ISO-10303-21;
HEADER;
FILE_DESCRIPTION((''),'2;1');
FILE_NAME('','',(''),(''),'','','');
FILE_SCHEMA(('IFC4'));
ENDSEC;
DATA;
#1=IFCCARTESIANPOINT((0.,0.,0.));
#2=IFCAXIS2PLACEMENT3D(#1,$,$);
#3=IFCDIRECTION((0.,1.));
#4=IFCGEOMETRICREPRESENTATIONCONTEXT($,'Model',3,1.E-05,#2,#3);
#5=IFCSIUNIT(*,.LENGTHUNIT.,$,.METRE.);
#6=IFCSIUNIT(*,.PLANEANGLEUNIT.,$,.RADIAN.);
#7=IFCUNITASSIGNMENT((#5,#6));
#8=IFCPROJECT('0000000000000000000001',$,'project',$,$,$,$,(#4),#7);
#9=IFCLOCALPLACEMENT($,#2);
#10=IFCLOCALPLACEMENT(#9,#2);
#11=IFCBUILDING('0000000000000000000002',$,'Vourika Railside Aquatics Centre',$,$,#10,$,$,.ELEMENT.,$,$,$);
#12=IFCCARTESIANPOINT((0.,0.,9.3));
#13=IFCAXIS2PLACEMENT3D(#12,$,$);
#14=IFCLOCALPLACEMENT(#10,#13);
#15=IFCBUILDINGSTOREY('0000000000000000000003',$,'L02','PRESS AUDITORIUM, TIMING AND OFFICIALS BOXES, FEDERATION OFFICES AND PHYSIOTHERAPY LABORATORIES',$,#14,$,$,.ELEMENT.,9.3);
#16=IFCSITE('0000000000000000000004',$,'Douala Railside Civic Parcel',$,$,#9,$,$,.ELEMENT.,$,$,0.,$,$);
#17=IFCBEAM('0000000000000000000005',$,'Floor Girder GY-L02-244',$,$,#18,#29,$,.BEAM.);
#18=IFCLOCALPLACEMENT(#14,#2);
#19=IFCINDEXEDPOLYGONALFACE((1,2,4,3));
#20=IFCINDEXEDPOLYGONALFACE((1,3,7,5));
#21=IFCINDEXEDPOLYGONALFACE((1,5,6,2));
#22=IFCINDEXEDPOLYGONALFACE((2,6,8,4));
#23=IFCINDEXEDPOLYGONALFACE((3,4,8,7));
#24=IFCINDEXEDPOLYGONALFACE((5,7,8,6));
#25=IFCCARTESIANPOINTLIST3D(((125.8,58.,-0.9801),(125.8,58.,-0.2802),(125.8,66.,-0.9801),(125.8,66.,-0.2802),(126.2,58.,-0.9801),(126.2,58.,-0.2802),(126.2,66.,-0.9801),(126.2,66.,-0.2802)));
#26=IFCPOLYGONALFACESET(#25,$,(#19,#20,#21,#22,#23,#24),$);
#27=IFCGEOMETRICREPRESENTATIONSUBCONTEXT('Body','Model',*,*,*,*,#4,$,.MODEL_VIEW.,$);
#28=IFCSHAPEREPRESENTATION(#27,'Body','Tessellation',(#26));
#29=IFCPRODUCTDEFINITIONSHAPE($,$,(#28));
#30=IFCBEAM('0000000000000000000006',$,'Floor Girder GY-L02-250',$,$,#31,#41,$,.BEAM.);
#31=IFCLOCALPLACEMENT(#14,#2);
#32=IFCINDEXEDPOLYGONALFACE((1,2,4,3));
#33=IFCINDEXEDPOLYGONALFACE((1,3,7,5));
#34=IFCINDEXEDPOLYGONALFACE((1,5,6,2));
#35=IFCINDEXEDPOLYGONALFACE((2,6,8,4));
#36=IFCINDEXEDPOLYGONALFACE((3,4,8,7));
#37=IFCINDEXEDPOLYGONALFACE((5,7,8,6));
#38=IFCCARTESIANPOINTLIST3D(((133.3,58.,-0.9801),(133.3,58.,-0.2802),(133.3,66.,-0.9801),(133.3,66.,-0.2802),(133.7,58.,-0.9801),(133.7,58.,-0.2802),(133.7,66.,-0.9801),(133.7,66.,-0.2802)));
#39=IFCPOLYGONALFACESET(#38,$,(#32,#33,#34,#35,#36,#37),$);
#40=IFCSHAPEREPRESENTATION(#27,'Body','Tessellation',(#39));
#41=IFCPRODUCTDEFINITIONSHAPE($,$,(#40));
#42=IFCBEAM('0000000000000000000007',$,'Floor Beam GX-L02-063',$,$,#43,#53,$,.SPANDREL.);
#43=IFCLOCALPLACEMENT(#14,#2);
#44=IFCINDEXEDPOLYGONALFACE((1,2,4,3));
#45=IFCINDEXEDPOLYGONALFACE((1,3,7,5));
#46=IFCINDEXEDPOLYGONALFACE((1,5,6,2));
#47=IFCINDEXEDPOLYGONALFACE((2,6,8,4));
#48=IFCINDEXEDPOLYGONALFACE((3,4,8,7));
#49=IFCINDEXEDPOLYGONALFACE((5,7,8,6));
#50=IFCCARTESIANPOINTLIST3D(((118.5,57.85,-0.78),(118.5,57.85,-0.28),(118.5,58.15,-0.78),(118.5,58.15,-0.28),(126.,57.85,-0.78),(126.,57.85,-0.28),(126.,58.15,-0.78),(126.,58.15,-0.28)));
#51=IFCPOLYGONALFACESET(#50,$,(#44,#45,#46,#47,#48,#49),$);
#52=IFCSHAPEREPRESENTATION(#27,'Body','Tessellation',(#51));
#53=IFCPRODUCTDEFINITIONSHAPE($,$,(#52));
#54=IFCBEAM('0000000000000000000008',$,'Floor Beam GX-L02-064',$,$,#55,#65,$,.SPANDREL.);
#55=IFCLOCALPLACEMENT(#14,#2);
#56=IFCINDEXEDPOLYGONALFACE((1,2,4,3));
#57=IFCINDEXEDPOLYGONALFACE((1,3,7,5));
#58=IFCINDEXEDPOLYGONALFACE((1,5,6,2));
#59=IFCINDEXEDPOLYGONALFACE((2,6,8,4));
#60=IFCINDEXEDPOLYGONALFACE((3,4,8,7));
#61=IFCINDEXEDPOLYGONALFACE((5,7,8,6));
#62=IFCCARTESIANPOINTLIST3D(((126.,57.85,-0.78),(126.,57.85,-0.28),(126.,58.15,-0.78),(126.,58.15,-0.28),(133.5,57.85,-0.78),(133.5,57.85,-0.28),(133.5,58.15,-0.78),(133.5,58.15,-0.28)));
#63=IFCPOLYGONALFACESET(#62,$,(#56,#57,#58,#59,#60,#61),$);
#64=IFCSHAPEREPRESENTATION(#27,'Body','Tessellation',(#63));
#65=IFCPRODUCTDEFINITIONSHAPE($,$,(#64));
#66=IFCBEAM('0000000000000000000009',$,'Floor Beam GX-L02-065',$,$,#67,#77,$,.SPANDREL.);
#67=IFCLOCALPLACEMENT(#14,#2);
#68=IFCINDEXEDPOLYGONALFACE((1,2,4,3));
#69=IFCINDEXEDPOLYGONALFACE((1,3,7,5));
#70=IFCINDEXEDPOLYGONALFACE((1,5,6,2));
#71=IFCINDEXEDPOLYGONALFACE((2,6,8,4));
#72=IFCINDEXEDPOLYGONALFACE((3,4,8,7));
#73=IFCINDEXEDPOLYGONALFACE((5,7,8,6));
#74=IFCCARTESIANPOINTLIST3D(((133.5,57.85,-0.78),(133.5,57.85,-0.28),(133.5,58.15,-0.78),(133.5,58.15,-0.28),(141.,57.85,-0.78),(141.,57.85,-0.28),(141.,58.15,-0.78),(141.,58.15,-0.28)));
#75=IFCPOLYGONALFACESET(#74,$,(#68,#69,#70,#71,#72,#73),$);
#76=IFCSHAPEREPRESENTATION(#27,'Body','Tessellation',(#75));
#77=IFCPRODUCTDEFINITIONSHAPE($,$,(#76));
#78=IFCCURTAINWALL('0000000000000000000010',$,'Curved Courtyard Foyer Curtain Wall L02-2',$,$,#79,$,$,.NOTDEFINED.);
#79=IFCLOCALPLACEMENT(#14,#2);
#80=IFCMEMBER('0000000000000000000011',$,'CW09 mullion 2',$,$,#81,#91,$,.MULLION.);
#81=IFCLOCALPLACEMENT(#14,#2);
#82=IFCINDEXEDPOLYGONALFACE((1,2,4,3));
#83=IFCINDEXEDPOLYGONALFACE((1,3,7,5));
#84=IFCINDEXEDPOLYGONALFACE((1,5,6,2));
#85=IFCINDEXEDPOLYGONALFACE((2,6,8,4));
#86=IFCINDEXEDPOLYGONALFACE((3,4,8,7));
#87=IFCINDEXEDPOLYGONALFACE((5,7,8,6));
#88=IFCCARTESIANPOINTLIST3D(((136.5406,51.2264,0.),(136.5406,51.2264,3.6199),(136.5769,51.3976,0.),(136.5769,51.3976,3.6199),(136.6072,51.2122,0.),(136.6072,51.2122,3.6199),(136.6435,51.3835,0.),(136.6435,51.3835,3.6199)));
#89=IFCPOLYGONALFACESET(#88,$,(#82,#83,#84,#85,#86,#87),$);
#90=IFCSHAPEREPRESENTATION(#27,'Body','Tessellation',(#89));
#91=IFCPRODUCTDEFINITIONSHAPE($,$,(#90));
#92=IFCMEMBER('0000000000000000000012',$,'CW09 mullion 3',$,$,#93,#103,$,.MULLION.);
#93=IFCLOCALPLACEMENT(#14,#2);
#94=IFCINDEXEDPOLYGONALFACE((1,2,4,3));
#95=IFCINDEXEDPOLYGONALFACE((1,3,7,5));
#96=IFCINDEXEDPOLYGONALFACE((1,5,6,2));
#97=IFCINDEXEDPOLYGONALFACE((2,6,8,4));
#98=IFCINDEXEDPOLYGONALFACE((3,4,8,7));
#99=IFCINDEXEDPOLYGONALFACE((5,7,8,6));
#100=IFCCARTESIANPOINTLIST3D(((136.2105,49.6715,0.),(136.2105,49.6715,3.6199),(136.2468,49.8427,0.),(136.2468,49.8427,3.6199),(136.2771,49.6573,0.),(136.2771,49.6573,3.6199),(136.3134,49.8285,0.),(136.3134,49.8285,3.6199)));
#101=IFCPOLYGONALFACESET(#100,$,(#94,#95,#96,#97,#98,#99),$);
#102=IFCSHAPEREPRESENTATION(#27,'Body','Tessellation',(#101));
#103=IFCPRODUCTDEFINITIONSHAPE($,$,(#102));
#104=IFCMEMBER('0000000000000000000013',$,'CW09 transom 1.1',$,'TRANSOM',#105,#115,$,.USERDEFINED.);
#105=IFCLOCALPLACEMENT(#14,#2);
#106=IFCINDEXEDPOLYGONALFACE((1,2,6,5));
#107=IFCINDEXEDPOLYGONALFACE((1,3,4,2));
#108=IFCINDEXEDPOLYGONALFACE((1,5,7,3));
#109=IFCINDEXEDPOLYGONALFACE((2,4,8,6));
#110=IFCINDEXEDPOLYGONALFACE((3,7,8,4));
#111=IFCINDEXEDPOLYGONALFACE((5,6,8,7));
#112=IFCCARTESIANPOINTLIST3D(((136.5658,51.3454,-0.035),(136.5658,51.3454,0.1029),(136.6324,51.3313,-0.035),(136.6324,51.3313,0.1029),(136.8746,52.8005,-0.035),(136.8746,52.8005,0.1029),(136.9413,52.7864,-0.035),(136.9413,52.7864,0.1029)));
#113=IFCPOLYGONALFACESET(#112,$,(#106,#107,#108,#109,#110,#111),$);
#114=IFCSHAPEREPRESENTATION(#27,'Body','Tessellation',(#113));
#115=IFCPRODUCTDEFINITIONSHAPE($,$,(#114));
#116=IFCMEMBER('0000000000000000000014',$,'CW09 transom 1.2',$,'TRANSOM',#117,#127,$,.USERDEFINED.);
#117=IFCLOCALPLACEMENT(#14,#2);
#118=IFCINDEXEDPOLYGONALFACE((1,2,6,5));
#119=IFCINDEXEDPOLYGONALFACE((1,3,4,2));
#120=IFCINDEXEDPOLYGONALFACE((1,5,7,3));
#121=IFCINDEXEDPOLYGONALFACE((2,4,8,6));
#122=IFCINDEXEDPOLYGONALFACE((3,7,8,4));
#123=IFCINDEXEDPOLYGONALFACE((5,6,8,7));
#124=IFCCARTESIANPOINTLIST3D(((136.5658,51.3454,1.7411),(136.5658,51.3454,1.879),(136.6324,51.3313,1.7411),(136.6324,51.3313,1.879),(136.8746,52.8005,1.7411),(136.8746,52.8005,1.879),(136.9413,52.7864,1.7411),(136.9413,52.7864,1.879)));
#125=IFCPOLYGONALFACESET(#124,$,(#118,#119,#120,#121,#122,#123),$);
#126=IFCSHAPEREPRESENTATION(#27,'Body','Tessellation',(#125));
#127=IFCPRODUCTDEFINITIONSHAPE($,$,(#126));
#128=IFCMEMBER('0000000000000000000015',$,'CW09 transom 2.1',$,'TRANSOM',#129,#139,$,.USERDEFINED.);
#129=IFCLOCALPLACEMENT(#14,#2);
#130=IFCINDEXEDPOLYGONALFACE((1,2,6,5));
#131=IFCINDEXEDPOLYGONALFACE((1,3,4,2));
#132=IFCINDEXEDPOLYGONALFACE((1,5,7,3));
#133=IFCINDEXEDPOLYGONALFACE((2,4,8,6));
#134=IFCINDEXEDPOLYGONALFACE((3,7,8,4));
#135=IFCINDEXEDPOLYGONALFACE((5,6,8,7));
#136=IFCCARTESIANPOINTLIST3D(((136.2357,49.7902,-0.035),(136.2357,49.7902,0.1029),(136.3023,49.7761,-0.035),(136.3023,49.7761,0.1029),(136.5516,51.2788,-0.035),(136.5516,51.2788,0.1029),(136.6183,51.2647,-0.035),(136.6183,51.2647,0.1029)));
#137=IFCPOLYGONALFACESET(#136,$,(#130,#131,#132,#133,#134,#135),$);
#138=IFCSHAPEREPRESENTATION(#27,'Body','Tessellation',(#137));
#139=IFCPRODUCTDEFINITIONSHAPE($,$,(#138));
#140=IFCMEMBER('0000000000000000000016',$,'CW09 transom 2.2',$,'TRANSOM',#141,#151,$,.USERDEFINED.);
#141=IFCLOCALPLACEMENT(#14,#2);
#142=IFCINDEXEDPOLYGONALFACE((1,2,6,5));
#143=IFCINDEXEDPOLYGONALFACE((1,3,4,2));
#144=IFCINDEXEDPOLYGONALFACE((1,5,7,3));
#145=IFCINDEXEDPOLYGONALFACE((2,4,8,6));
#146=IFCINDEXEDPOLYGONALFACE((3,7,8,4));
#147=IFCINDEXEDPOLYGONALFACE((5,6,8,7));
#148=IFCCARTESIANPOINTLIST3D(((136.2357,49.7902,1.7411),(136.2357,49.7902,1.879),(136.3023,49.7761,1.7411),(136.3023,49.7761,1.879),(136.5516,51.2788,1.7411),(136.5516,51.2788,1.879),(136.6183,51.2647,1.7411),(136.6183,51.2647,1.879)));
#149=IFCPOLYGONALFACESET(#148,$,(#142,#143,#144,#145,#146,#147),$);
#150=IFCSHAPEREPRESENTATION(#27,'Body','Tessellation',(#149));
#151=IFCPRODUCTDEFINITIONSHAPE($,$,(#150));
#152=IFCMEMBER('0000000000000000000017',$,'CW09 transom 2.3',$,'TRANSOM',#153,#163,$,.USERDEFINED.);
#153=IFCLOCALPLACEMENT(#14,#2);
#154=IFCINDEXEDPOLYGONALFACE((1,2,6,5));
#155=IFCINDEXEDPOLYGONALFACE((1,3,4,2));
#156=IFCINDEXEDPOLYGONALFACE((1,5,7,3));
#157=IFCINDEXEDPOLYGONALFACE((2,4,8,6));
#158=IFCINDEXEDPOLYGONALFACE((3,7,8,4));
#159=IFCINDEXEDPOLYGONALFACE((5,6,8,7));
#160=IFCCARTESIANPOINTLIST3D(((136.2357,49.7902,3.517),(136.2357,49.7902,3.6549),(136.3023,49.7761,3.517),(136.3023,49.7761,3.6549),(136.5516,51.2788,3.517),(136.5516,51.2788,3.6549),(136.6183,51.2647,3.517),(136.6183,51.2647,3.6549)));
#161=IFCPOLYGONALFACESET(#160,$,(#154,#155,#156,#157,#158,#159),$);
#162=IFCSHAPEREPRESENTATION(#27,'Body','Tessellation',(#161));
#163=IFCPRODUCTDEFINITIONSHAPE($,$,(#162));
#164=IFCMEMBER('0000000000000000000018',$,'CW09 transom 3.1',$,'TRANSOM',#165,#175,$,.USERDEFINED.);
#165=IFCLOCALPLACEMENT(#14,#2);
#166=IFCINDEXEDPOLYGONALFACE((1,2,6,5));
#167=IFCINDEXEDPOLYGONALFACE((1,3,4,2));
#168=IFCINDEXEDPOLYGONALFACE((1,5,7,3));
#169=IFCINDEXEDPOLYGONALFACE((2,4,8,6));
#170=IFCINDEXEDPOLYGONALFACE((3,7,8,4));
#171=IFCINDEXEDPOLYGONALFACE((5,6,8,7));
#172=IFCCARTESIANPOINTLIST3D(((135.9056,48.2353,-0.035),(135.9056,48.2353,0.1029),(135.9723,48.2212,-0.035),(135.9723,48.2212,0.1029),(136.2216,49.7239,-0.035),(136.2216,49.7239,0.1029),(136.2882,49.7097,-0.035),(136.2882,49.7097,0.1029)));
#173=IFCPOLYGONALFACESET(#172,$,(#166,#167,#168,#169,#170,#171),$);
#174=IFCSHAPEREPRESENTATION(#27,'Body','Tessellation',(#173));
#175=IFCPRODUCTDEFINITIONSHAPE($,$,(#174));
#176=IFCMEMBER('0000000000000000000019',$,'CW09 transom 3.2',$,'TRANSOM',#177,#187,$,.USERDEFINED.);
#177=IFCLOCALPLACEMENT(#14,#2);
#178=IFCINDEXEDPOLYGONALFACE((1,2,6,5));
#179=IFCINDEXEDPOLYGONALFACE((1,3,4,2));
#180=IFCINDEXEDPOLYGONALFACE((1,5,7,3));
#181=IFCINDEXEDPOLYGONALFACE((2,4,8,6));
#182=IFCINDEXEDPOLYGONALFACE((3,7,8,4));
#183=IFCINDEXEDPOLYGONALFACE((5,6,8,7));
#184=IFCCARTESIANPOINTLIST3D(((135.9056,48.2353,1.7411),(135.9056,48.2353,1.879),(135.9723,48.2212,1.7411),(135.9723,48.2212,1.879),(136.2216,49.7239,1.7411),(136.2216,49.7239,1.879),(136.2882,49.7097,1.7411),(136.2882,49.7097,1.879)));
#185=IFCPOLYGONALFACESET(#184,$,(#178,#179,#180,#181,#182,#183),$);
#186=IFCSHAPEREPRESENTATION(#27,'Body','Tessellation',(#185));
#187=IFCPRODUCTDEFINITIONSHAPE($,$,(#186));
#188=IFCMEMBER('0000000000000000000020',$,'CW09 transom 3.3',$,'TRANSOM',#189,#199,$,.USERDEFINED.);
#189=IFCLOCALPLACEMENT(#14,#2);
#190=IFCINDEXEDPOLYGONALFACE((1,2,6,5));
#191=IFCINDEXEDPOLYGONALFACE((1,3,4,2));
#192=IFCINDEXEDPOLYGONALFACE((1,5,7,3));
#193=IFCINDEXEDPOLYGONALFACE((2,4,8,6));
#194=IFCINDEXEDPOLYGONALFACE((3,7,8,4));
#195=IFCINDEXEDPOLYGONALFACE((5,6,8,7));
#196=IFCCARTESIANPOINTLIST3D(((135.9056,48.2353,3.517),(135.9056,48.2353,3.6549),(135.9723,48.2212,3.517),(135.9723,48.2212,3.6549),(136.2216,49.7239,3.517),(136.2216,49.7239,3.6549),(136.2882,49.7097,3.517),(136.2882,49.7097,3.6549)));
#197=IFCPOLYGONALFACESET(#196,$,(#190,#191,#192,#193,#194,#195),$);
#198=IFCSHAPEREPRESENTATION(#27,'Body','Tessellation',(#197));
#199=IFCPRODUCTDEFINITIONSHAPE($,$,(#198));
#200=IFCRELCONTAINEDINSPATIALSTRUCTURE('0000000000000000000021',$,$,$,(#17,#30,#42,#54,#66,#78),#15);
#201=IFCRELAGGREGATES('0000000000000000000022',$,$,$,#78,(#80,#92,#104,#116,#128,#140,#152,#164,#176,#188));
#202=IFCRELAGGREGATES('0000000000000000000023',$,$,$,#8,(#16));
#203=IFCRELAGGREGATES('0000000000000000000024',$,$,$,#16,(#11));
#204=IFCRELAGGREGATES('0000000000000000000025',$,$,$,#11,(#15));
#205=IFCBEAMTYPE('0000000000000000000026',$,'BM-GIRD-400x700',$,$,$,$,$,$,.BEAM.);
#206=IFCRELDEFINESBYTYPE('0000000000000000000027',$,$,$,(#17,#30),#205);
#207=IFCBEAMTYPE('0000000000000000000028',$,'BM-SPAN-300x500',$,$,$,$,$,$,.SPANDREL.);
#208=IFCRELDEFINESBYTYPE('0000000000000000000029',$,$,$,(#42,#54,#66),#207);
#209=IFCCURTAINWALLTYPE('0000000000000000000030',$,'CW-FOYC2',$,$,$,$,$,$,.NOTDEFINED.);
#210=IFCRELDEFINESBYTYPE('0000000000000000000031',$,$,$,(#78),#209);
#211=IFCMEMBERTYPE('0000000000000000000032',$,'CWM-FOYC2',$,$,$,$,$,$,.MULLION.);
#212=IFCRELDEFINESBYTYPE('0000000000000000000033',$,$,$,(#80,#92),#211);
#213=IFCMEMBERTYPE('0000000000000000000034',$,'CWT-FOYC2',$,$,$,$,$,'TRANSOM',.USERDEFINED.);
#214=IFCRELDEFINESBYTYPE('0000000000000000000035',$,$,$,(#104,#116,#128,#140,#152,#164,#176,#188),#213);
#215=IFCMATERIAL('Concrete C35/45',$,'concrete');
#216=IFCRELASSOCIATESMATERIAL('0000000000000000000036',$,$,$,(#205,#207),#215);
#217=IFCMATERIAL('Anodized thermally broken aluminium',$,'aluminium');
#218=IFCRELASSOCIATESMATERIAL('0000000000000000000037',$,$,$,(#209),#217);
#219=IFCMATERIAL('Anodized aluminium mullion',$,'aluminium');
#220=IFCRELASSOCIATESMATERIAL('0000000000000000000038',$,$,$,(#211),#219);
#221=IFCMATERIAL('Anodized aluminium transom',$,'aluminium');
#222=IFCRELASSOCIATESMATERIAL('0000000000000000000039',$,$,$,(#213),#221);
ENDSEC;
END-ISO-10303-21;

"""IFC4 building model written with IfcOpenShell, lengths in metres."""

from ifc_helpers import new_model, si_unit, direction, frame, origin, origin_2d, place, context, subcontext, project, spatial, rectangle, extrude, material, material_profile, profile_set, type_object, element, aggregate, save


model = new_model("IFC4")

# Units and contexts
model_context = context("Model", 3, precision=1e-05, world=origin(), true_north=direction((0.0, 1.0)))
body_context = subcontext(model_context, "Body", "Model", "MODEL_VIEW")
ifc_project = project(units=[si_unit("LENGTHUNIT", "METRE"), si_unit("PLANEANGLEUNIT", "RADIAN")], contexts=[model_context])

# Site, building, storey
site_placement = place(None, origin())
site = spatial("IfcSite", under=ifc_project, at=site_placement, Name="Douala Railside Civic Parcel", CompositionType="ELEMENT", RefElevation=0.0)
building_placement = place(site_placement, origin())
building = spatial("IfcBuilding", under=site, at=building_placement, Name="Vourika Railside Aquatics Centre", CompositionType="ELEMENT")
storey_placement = place(building_placement, frame((0.0, 0.0, 9.3)))
storey = spatial("IfcBuildingStorey", under=building, at=storey_placement, Name="L02", Description="PRESS AUDITORIUM, TIMING AND OFFICIALS BOXES, FEDERATION OFFICES AND PHYSIOTHERAPY LABORATORIES", CompositionType="ELEMENT", Elevation=9.3)

# Beams
ifc_material_1 = material(Name="Concrete C35/45", Category="concrete")
ifc_material_profile_1 = material_profile(ifc_material_1, rectangle(XDim=0.3999, YDim=0.7, at=origin_2d()), Name="RC 400x700")
ifc_profile_set_1 = profile_set([ifc_material_profile_1], Name="Concrete C35/45")
beam_type_1 = type_object("IfcBeamType", Name="BM-GIRD-400x700", PredefinedType="BEAM", material=ifc_profile_set_1)
for number, where, z_axis, x_axis, name in (
    (1, (126.0, 58.0, -0.6301), (0.0, 1.0, 0.0), (-1.0, 0.0, 0.0), "Floor Girder GY-L02-244"),
    (2, (133.5, 58.0, -0.6301), (0.0, 1.0, 0.0), (-1.0, 0.0, 0.0), "Floor Girder GY-L02-250"),
):
    element("IfcBeam", number, at=place(storey_placement, frame(where, z_axis=z_axis, x_axis=x_axis)), inside=storey, type_object=beam_type_1, Name=name, PredefinedType="BEAM", context=body_context, shape_type="SweptSolid", body=[
        extrude(rectangle(XDim=0.3999, YDim=0.7, at=origin_2d()), origin(), (0.0, 0.0, 1.0), 8.0),
    ])
ifc_material_profile_2 = material_profile(ifc_material_1, rectangle(XDim=0.3, YDim=0.5, at=origin_2d()), Name="RC 300x500")
ifc_profile_set_2 = profile_set([ifc_material_profile_2], Name="Concrete C35/45")
beam_type_2 = type_object("IfcBeamType", Name="BM-SPAN-300x500", PredefinedType="SPANDREL", material=ifc_profile_set_2)
for number, where, z_axis, x_axis, name in (
    (3, (118.5, 58.0, -0.53), (1.0, 0.0, 0.0), (0.0, 1.0, 0.0), "Floor Beam GX-L02-063"),
    (4, (126.0, 58.0, -0.53), (1.0, 0.0, 0.0), (0.0, 1.0, 0.0), "Floor Beam GX-L02-064"),
    (5, (133.5, 58.0, -0.53), (1.0, 0.0, 0.0), (0.0, 1.0, 0.0), "Floor Beam GX-L02-065"),
):
    element("IfcBeam", number, at=place(storey_placement, frame(where, z_axis=z_axis, x_axis=x_axis)), inside=storey, type_object=beam_type_2, Name=name, PredefinedType="SPANDREL", context=body_context, shape_type="SweptSolid", body=[
        extrude(rectangle(XDim=0.3, YDim=0.5, at=origin_2d()), origin(), (0.0, 0.0, 1.0), 7.5),
    ])

# Curtain wall, members
ifc_material_2 = material(Name="Anodized thermally broken aluminium", Category="aluminium")
curtain_wall_type = type_object("IfcCurtainWallType", Name="CW-FOYC2", PredefinedType="NOTDEFINED", material=ifc_material_2)
curtain_wall_placement = place(storey_placement, origin())
curtain_wall = element("IfcCurtainWall", 6, at=curtain_wall_placement, inside=storey, type_object=curtain_wall_type, Name="Curved Courtyard Foyer Curtain Wall L02-2", PredefinedType="NOTDEFINED")
ifc_material_3 = material(Name="Anodized aluminium mullion", Category="aluminium")
ifc_material_profile_3 = material_profile(ifc_material_3, rectangle(XDim=0.0681, YDim=0.175, at=origin_2d()), Name="ALU-M 68x175")
ifc_profile_set_3 = profile_set([ifc_material_profile_3], Name="Anodized aluminium mullion")
member_type_1 = type_object("IfcMemberType", Name="CWM-FOYC2", PredefinedType="MULLION", material=ifc_profile_set_3)
member_1_placement = place(storey_placement, frame((136.592, 51.3049, 0.0), z_axis=(0.0, 0.0, 1.0), x_axis=(0.978215, -0.207595, 0.0)))
member_1 = element("IfcMember", 7, at=member_1_placement, type_object=member_type_1, Name="CW09 mullion 2", PredefinedType="MULLION", context=body_context, shape_type="SweptSolid", body=[
    extrude(rectangle(XDim=0.0681, YDim=0.175, at=origin_2d()), origin(), (0.0, 0.0, 1.0), 3.6199),
])
member_2_placement = place(storey_placement, frame((136.262, 49.75, 0.0), z_axis=(0.0, 0.0, 1.0), x_axis=(0.978215, -0.207595, 0.0)))
member_2 = element("IfcMember", 8, at=member_2_placement, type_object=member_type_1, Name="CW09 mullion 3", PredefinedType="MULLION", context=body_context, shape_type="SweptSolid", body=[
    extrude(rectangle(XDim=0.0681, YDim=0.175, at=origin_2d()), origin(), (0.0, 0.0, 1.0), 3.6199),
])
ifc_material_4 = material(Name="Anodized aluminium transom", Category="aluminium")
ifc_material_profile_4 = material_profile(ifc_material_4, rectangle(XDim=0.0681, YDim=0.1379, at=origin_2d()), Name="ALU-T 68x138")
ifc_profile_set_4 = profile_set([ifc_material_profile_4], Name="Anodized aluminium transom")
member_type_2 = type_object("IfcMemberType", Name="CWT-FOYC2", ElementType="TRANSOM", PredefinedType="USERDEFINED", material=ifc_profile_set_4)
member_3_placement = place(storey_placement, frame((136.908, 52.7935, 0.0339), z_axis=(-0.207623, -0.978209, 0.0), x_axis=(0.978209, -0.207623, 0.0)))
member_3 = element("IfcMember", 9, at=member_3_placement, type_object=member_type_2, Name="CW09 transom 1.1", ObjectType="TRANSOM", PredefinedType="USERDEFINED", context=body_context, shape_type="SweptSolid", body=[
    extrude(rectangle(XDim=0.0681, YDim=0.1379, at=origin_2d()), origin(), (0.0, 0.0, 1.0), 1.4875),
])
member_4_placement = place(storey_placement, frame((136.908, 52.7935, 1.8101), z_axis=(-0.207623, -0.978209, 0.0), x_axis=(0.978209, -0.207623, 0.0)))
member_4 = element("IfcMember", 10, at=member_4_placement, type_object=member_type_2, Name="CW09 transom 1.2", ObjectType="TRANSOM", PredefinedType="USERDEFINED", context=body_context, shape_type="SweptSolid", body=[
    extrude(rectangle(XDim=0.0681, YDim=0.1379, at=origin_2d()), origin(), (0.0, 0.0, 1.0), 1.4875),
])
member_5_placement = place(storey_placement, frame((136.585, 51.2717, 0.0339), z_axis=(-0.207611, -0.978211, 0.0), x_axis=(0.978211, -0.207611, 0.0)))
member_5 = element("IfcMember", 11, at=member_5_placement, type_object=member_type_2, Name="CW09 transom 2.1", ObjectType="TRANSOM", PredefinedType="USERDEFINED", context=body_context, shape_type="SweptSolid", body=[
    extrude(rectangle(XDim=0.0681, YDim=0.1379, at=origin_2d()), origin(), (0.0, 0.0, 1.0), 1.5217),
])
member_6_placement = place(storey_placement, frame((136.585, 51.2717, 1.8101), z_axis=(-0.207611, -0.978211, 0.0), x_axis=(0.978211, -0.207611, 0.0)))
member_6 = element("IfcMember", 12, at=member_6_placement, type_object=member_type_2, Name="CW09 transom 2.2", ObjectType="TRANSOM", PredefinedType="USERDEFINED", context=body_context, shape_type="SweptSolid", body=[
    extrude(rectangle(XDim=0.0681, YDim=0.1379, at=origin_2d()), origin(), (0.0, 0.0, 1.0), 1.5217),
])
member_7_placement = place(storey_placement, frame((136.585, 51.2717, 3.5859), z_axis=(-0.207611, -0.978211, 0.0), x_axis=(0.978211, -0.207611, 0.0)))
member_7 = element("IfcMember", 13, at=member_7_placement, type_object=member_type_2, Name="CW09 transom 2.3", ObjectType="TRANSOM", PredefinedType="USERDEFINED", context=body_context, shape_type="SweptSolid", body=[
    extrude(rectangle(XDim=0.0681, YDim=0.1379, at=origin_2d()), origin(), (0.0, 0.0, 1.0), 1.5217),
])
member_8_placement = place(storey_placement, frame((136.2549, 49.7168, 0.0339), z_axis=(-0.207611, -0.978211, 0.0), x_axis=(0.978211, -0.207611, 0.0)))
member_8 = element("IfcMember", 14, at=member_8_placement, type_object=member_type_2, Name="CW09 transom 3.1", ObjectType="TRANSOM", PredefinedType="USERDEFINED", context=body_context, shape_type="SweptSolid", body=[
    extrude(rectangle(XDim=0.0681, YDim=0.1379, at=origin_2d()), origin(), (0.0, 0.0, 1.0), 1.5217),
])
member_9_placement = place(storey_placement, frame((136.2549, 49.7168, 1.8101), z_axis=(-0.207611, -0.978211, 0.0), x_axis=(0.978211, -0.207611, 0.0)))
member_9 = element("IfcMember", 15, at=member_9_placement, type_object=member_type_2, Name="CW09 transom 3.2", ObjectType="TRANSOM", PredefinedType="USERDEFINED", context=body_context, shape_type="SweptSolid", body=[
    extrude(rectangle(XDim=0.0681, YDim=0.1379, at=origin_2d()), origin(), (0.0, 0.0, 1.0), 1.5217),
])
member_10_placement = place(storey_placement, frame((136.2549, 49.7168, 3.5859), z_axis=(-0.207611, -0.978211, 0.0), x_axis=(0.978211, -0.207611, 0.0)))
member_10 = element("IfcMember", 16, at=member_10_placement, type_object=member_type_2, Name="CW09 transom 3.3", ObjectType="TRANSOM", PredefinedType="USERDEFINED", context=body_context, shape_type="SweptSolid", body=[
    extrude(rectangle(XDim=0.0681, YDim=0.1379, at=origin_2d()), origin(), (0.0, 0.0, 1.0), 1.5217),
])
aggregate(curtain_wall, [member_1, member_2, member_3, member_4, member_5, member_6, member_7, member_8, member_9, member_10])

save(model, "model.ifc")
